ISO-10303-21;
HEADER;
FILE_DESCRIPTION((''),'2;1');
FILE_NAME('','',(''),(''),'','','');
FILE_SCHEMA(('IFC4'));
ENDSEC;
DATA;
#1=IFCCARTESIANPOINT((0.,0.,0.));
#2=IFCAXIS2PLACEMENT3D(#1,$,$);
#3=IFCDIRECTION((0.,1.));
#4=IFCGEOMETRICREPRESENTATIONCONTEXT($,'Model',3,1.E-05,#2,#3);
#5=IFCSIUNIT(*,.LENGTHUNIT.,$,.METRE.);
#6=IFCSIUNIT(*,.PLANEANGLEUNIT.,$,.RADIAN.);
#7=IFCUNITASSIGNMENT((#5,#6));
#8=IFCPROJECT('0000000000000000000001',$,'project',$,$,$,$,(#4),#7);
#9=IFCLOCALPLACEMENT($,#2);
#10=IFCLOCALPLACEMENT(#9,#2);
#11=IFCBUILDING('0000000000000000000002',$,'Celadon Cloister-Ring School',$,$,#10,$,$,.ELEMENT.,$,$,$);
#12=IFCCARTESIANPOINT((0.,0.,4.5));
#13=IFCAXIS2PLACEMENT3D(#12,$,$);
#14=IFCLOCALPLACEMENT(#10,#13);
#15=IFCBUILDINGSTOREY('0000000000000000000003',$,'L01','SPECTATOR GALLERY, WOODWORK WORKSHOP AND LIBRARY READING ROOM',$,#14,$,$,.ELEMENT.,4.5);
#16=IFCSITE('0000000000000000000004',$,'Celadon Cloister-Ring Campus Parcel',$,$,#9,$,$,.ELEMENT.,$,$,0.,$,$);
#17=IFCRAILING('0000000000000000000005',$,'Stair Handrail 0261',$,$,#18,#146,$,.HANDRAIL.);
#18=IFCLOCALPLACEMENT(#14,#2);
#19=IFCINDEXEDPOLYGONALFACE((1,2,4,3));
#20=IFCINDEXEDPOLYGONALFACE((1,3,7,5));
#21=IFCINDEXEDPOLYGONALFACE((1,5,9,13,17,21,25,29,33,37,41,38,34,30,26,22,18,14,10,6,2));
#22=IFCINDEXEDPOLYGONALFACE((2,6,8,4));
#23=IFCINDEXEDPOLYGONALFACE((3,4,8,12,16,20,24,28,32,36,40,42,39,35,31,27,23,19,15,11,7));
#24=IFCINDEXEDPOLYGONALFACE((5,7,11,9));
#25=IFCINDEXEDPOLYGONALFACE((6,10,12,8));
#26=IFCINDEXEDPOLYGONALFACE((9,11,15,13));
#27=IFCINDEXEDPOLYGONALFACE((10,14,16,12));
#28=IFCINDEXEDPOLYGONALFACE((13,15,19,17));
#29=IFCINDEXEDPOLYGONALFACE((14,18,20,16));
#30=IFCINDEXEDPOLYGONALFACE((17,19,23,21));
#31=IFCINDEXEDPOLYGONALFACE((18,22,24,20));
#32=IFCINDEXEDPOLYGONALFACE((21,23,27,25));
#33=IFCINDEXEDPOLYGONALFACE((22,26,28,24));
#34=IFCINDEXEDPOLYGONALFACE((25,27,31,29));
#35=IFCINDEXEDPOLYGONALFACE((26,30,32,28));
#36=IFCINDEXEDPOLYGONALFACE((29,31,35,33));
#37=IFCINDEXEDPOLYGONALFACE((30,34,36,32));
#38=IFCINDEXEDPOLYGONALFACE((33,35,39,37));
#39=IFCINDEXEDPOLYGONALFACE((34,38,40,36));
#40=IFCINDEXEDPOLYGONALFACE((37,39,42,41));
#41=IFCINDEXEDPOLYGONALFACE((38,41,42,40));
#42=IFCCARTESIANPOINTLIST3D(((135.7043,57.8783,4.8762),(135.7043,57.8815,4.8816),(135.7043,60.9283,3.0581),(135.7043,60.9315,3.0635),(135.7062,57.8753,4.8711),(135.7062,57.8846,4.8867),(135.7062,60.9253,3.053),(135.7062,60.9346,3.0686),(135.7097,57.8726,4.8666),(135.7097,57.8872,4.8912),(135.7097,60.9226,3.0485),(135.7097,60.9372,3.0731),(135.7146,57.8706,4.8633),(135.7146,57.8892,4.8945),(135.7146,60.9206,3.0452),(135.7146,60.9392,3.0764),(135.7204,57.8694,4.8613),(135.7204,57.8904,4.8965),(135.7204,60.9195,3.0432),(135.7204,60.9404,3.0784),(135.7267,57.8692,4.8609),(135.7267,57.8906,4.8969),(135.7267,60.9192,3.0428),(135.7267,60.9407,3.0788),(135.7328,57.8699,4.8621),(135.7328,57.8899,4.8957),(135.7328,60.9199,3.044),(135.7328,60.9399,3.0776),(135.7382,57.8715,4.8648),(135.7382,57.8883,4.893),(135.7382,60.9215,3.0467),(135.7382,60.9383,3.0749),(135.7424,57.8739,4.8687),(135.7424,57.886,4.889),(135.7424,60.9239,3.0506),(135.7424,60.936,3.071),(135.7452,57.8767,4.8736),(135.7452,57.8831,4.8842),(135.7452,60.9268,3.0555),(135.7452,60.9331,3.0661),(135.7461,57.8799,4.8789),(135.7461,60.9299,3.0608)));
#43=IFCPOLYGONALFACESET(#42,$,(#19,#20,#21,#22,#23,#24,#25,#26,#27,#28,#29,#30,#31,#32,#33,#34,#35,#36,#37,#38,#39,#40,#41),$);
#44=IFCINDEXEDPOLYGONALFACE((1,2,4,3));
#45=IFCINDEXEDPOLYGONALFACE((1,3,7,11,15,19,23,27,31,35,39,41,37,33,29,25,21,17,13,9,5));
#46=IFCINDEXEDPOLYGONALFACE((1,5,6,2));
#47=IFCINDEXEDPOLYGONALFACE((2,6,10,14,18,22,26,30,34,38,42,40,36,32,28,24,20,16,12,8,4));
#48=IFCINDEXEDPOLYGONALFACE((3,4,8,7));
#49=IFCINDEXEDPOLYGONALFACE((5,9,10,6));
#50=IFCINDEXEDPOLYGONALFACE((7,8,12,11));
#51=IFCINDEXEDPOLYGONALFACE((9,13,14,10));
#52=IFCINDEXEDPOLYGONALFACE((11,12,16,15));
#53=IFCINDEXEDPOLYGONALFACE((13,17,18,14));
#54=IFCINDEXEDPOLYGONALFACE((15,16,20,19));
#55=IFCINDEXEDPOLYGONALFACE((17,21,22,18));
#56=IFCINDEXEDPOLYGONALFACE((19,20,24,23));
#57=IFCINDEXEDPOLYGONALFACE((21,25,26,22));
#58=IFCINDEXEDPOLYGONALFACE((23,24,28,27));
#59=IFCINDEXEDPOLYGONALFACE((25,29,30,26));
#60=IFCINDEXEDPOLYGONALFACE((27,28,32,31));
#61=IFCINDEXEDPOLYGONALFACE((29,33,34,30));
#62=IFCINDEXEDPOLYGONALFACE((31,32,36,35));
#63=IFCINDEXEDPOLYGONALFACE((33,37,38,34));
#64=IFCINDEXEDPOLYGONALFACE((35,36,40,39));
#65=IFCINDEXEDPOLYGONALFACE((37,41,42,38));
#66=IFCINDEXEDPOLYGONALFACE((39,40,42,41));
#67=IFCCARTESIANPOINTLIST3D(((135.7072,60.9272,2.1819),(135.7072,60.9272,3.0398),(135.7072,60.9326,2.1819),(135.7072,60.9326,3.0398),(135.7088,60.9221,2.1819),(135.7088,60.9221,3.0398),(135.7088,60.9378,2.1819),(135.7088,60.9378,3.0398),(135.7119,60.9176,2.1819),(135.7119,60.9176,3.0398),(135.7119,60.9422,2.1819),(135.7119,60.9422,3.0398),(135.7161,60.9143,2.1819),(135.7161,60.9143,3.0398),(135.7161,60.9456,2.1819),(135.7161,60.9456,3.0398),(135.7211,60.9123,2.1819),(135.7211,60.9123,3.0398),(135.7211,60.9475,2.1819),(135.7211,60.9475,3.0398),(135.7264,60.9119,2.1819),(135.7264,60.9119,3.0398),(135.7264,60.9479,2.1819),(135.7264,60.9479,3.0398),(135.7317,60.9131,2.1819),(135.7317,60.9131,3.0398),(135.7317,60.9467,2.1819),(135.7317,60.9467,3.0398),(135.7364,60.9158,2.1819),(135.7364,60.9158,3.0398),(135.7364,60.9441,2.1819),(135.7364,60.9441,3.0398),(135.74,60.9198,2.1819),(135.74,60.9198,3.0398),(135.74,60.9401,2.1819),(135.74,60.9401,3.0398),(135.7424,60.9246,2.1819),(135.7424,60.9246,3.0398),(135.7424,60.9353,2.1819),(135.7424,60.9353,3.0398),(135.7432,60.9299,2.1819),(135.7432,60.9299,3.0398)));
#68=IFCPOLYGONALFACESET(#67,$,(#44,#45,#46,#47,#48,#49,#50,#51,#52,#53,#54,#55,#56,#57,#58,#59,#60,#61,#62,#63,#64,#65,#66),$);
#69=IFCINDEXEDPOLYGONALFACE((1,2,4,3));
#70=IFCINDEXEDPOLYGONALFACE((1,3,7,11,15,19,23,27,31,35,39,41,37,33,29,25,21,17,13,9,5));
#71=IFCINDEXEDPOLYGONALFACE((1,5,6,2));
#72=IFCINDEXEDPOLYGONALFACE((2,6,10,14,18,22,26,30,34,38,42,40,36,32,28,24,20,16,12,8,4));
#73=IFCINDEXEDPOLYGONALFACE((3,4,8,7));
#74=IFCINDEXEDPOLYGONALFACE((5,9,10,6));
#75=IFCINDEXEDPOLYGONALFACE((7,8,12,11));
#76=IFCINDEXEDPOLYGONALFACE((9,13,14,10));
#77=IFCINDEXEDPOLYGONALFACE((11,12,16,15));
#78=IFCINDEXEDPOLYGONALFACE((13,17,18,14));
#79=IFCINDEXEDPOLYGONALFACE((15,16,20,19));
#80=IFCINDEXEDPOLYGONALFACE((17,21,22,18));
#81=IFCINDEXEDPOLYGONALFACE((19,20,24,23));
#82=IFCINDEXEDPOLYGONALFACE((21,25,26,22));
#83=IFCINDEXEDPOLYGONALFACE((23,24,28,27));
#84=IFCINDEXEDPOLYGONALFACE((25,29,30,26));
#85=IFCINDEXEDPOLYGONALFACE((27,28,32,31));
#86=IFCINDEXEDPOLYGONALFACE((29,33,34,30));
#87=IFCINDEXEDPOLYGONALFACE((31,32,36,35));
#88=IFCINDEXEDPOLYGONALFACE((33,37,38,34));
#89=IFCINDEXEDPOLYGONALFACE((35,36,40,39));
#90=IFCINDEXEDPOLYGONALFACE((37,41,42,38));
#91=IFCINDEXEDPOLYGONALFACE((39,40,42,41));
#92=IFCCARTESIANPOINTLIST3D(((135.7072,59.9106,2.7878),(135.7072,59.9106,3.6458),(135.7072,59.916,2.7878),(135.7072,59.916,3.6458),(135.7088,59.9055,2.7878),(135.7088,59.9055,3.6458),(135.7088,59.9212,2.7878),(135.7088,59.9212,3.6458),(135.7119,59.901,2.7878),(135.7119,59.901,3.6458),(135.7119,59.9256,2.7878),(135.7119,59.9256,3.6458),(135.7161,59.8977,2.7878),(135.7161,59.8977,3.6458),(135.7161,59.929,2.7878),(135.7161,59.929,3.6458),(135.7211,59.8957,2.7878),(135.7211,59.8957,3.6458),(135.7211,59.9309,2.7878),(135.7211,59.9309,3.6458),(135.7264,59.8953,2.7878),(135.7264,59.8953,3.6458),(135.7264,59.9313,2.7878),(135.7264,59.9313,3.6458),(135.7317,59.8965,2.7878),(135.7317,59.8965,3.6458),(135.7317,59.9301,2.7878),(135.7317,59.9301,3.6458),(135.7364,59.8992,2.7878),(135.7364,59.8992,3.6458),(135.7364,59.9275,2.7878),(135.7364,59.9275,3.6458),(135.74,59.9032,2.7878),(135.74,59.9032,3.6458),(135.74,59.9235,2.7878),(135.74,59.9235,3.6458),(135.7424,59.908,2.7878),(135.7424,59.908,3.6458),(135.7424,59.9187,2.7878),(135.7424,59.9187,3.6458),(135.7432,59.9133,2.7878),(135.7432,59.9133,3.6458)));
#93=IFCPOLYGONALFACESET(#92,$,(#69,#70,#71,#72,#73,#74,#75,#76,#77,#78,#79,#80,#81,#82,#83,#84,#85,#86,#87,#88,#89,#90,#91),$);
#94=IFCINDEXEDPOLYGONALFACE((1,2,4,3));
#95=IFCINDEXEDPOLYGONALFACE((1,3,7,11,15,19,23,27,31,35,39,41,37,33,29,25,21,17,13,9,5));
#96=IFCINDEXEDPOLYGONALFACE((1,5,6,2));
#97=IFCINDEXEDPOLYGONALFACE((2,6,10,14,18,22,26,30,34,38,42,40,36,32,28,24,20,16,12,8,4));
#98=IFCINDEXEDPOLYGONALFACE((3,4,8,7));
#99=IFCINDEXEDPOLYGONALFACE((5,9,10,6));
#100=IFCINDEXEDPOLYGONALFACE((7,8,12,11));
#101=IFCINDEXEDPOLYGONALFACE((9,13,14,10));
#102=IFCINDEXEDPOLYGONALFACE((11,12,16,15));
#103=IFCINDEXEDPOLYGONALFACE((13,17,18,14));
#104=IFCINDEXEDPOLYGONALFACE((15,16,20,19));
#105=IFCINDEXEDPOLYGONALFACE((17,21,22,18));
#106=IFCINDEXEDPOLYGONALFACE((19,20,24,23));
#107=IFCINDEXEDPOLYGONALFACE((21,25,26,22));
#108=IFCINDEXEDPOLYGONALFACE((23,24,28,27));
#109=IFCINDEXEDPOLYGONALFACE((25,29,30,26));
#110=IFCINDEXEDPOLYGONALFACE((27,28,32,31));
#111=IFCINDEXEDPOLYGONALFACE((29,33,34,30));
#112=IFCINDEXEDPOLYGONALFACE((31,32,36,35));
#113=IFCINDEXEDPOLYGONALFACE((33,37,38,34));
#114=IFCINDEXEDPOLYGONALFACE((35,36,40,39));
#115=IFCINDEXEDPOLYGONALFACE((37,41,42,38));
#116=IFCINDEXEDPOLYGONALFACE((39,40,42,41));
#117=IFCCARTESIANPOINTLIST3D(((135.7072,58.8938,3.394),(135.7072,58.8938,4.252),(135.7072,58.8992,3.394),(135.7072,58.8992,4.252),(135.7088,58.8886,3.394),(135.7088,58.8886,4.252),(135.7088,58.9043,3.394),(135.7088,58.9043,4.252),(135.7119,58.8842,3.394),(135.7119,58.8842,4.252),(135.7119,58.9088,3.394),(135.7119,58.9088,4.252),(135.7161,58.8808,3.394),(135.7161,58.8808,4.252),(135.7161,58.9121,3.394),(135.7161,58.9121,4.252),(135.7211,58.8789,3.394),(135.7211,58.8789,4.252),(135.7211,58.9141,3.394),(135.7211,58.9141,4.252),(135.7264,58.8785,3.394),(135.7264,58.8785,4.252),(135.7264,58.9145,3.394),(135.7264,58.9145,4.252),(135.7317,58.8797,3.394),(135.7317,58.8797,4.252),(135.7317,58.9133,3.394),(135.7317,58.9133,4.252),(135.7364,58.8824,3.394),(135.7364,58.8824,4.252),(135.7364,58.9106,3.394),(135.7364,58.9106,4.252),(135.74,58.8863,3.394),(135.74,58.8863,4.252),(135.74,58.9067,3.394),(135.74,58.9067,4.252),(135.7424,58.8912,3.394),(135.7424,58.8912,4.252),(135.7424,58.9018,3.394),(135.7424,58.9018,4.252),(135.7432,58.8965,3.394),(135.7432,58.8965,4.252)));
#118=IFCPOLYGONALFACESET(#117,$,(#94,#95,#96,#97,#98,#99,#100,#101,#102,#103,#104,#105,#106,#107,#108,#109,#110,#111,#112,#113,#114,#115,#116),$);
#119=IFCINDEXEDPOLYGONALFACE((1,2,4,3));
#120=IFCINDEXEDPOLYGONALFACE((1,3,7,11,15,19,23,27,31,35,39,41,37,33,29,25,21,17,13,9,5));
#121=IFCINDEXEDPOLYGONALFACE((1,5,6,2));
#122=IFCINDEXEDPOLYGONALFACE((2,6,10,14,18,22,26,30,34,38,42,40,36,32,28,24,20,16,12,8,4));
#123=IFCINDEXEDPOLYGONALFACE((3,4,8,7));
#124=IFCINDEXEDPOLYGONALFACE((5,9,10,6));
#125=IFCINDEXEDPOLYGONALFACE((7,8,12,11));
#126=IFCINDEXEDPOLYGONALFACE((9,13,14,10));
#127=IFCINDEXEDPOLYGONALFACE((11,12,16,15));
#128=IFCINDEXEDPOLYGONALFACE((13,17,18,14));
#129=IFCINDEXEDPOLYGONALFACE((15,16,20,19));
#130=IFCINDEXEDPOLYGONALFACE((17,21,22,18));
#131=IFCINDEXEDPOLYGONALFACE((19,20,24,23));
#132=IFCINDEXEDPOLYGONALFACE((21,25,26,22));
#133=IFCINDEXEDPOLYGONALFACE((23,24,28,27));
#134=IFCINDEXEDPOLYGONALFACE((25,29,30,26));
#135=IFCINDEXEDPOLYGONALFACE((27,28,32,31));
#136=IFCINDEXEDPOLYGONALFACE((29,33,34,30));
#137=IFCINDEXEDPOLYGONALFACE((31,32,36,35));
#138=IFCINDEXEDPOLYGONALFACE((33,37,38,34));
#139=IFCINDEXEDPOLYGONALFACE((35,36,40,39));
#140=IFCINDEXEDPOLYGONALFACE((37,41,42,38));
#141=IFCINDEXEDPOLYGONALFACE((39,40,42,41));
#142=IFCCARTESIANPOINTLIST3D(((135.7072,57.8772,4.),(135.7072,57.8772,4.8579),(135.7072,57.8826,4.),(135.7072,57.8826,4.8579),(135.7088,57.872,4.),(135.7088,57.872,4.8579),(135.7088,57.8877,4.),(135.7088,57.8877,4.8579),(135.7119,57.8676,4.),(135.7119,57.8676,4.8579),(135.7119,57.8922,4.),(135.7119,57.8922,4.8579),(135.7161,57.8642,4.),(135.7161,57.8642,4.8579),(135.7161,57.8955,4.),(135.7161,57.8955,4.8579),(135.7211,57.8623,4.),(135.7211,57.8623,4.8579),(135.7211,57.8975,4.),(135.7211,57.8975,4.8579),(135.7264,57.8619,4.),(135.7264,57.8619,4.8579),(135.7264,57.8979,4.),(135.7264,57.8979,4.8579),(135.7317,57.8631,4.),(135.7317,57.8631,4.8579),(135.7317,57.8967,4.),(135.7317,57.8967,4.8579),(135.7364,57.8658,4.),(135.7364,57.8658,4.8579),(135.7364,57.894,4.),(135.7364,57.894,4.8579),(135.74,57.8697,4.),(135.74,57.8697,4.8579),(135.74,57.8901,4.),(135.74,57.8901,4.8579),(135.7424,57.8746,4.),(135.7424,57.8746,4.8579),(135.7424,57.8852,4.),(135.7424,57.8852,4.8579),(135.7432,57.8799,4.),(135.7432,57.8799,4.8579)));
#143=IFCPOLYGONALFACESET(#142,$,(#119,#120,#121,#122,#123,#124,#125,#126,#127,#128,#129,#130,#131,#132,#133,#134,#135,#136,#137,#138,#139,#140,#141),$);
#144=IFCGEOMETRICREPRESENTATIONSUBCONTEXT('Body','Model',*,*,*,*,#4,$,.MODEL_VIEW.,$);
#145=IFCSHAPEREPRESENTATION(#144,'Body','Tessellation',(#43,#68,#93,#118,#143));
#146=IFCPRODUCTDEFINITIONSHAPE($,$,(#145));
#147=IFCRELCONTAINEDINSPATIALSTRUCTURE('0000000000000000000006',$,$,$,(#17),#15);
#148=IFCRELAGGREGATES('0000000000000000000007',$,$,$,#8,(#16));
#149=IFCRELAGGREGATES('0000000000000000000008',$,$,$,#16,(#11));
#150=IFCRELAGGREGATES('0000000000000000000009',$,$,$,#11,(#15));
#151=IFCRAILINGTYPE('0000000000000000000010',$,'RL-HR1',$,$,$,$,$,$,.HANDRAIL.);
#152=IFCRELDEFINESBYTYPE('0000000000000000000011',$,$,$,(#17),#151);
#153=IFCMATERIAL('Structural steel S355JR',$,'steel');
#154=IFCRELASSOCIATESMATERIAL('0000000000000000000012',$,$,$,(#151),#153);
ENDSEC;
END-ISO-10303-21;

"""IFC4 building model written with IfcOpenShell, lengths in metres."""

from ifc_helpers import new_model, si_unit, direction, frame, origin, origin_2d, place, context, subcontext, project, spatial, circle, extrude, material, type_object, element, save


model = new_model("IFC4")

# Units and contexts
model_context = context("Model", 3, precision=1e-05, world=origin(), true_north=direction((0.0, 1.0)))
body_context = subcontext(model_context, "Body", "Model", "MODEL_VIEW")
ifc_project = project(units=[si_unit("LENGTHUNIT", "METRE"), si_unit("PLANEANGLEUNIT", "RADIAN")], contexts=[model_context])

# Site, building, storey
site_placement = place(None, origin())
site = spatial("IfcSite", under=ifc_project, at=site_placement, Name="Celadon Cloister-Ring Campus Parcel", CompositionType="ELEMENT", RefElevation=0.0)
building_placement = place(site_placement, origin())
building = spatial("IfcBuilding", under=site, at=building_placement, Name="Celadon Cloister-Ring School", CompositionType="ELEMENT")
storey_placement = place(building_placement, frame((0.0, 0.0, 4.5)))
storey = spatial("IfcBuildingStorey", under=building, at=storey_placement, Name="L01", Description="SPECTATOR GALLERY, WOODWORK WORKSHOP AND LIBRARY READING ROOM", CompositionType="ELEMENT", Elevation=4.5)

# Railing
ifc_material_1 = material(Name="Structural steel S355JR", Category="steel")
railing_type_1 = type_object("IfcRailingType", Name="RL-HR1", PredefinedType="HANDRAIL", material=ifc_material_1)
for number, where, name in (
    (1, (135.7251, 60.9299, 2.1819), "Stair Handrail 0261"),
):
    element("IfcRailing", number, at=place(storey_placement, frame(where)), inside=storey, type_object=railing_type_1, Name=name, PredefinedType="HANDRAIL", context=body_context, shape_type="SweptSolid", body=[
        extrude(circle(Radius=0.021, at=origin_2d()), frame((0.0, 0.0, 0.8789), z_axis=(0.0, -0.85897, 0.512026), x_axis=(1.0, 0.0, 0.0)), (0.0, 0.0, 1.0), 3.5508),
        extrude(circle(Radius=0.0181, at=origin_2d()), origin(), (0.0, 0.0, 1.0), 0.8579),
        extrude(circle(Radius=0.0181, at=origin_2d()), frame((0.0, -1.0166, 0.606)), (0.0, 0.0, 1.0), 0.8579),
        extrude(circle(Radius=0.0181, at=origin_2d()), frame((0.0, -2.0334, 1.2122)), (0.0, 0.0, 1.0), 0.8579),
        extrude(circle(Radius=0.0181, at=origin_2d()), frame((0.0, -3.05, 1.8181)), (0.0, 0.0, 1.0), 0.8579),
    ])

save(model, "model.ifc")
